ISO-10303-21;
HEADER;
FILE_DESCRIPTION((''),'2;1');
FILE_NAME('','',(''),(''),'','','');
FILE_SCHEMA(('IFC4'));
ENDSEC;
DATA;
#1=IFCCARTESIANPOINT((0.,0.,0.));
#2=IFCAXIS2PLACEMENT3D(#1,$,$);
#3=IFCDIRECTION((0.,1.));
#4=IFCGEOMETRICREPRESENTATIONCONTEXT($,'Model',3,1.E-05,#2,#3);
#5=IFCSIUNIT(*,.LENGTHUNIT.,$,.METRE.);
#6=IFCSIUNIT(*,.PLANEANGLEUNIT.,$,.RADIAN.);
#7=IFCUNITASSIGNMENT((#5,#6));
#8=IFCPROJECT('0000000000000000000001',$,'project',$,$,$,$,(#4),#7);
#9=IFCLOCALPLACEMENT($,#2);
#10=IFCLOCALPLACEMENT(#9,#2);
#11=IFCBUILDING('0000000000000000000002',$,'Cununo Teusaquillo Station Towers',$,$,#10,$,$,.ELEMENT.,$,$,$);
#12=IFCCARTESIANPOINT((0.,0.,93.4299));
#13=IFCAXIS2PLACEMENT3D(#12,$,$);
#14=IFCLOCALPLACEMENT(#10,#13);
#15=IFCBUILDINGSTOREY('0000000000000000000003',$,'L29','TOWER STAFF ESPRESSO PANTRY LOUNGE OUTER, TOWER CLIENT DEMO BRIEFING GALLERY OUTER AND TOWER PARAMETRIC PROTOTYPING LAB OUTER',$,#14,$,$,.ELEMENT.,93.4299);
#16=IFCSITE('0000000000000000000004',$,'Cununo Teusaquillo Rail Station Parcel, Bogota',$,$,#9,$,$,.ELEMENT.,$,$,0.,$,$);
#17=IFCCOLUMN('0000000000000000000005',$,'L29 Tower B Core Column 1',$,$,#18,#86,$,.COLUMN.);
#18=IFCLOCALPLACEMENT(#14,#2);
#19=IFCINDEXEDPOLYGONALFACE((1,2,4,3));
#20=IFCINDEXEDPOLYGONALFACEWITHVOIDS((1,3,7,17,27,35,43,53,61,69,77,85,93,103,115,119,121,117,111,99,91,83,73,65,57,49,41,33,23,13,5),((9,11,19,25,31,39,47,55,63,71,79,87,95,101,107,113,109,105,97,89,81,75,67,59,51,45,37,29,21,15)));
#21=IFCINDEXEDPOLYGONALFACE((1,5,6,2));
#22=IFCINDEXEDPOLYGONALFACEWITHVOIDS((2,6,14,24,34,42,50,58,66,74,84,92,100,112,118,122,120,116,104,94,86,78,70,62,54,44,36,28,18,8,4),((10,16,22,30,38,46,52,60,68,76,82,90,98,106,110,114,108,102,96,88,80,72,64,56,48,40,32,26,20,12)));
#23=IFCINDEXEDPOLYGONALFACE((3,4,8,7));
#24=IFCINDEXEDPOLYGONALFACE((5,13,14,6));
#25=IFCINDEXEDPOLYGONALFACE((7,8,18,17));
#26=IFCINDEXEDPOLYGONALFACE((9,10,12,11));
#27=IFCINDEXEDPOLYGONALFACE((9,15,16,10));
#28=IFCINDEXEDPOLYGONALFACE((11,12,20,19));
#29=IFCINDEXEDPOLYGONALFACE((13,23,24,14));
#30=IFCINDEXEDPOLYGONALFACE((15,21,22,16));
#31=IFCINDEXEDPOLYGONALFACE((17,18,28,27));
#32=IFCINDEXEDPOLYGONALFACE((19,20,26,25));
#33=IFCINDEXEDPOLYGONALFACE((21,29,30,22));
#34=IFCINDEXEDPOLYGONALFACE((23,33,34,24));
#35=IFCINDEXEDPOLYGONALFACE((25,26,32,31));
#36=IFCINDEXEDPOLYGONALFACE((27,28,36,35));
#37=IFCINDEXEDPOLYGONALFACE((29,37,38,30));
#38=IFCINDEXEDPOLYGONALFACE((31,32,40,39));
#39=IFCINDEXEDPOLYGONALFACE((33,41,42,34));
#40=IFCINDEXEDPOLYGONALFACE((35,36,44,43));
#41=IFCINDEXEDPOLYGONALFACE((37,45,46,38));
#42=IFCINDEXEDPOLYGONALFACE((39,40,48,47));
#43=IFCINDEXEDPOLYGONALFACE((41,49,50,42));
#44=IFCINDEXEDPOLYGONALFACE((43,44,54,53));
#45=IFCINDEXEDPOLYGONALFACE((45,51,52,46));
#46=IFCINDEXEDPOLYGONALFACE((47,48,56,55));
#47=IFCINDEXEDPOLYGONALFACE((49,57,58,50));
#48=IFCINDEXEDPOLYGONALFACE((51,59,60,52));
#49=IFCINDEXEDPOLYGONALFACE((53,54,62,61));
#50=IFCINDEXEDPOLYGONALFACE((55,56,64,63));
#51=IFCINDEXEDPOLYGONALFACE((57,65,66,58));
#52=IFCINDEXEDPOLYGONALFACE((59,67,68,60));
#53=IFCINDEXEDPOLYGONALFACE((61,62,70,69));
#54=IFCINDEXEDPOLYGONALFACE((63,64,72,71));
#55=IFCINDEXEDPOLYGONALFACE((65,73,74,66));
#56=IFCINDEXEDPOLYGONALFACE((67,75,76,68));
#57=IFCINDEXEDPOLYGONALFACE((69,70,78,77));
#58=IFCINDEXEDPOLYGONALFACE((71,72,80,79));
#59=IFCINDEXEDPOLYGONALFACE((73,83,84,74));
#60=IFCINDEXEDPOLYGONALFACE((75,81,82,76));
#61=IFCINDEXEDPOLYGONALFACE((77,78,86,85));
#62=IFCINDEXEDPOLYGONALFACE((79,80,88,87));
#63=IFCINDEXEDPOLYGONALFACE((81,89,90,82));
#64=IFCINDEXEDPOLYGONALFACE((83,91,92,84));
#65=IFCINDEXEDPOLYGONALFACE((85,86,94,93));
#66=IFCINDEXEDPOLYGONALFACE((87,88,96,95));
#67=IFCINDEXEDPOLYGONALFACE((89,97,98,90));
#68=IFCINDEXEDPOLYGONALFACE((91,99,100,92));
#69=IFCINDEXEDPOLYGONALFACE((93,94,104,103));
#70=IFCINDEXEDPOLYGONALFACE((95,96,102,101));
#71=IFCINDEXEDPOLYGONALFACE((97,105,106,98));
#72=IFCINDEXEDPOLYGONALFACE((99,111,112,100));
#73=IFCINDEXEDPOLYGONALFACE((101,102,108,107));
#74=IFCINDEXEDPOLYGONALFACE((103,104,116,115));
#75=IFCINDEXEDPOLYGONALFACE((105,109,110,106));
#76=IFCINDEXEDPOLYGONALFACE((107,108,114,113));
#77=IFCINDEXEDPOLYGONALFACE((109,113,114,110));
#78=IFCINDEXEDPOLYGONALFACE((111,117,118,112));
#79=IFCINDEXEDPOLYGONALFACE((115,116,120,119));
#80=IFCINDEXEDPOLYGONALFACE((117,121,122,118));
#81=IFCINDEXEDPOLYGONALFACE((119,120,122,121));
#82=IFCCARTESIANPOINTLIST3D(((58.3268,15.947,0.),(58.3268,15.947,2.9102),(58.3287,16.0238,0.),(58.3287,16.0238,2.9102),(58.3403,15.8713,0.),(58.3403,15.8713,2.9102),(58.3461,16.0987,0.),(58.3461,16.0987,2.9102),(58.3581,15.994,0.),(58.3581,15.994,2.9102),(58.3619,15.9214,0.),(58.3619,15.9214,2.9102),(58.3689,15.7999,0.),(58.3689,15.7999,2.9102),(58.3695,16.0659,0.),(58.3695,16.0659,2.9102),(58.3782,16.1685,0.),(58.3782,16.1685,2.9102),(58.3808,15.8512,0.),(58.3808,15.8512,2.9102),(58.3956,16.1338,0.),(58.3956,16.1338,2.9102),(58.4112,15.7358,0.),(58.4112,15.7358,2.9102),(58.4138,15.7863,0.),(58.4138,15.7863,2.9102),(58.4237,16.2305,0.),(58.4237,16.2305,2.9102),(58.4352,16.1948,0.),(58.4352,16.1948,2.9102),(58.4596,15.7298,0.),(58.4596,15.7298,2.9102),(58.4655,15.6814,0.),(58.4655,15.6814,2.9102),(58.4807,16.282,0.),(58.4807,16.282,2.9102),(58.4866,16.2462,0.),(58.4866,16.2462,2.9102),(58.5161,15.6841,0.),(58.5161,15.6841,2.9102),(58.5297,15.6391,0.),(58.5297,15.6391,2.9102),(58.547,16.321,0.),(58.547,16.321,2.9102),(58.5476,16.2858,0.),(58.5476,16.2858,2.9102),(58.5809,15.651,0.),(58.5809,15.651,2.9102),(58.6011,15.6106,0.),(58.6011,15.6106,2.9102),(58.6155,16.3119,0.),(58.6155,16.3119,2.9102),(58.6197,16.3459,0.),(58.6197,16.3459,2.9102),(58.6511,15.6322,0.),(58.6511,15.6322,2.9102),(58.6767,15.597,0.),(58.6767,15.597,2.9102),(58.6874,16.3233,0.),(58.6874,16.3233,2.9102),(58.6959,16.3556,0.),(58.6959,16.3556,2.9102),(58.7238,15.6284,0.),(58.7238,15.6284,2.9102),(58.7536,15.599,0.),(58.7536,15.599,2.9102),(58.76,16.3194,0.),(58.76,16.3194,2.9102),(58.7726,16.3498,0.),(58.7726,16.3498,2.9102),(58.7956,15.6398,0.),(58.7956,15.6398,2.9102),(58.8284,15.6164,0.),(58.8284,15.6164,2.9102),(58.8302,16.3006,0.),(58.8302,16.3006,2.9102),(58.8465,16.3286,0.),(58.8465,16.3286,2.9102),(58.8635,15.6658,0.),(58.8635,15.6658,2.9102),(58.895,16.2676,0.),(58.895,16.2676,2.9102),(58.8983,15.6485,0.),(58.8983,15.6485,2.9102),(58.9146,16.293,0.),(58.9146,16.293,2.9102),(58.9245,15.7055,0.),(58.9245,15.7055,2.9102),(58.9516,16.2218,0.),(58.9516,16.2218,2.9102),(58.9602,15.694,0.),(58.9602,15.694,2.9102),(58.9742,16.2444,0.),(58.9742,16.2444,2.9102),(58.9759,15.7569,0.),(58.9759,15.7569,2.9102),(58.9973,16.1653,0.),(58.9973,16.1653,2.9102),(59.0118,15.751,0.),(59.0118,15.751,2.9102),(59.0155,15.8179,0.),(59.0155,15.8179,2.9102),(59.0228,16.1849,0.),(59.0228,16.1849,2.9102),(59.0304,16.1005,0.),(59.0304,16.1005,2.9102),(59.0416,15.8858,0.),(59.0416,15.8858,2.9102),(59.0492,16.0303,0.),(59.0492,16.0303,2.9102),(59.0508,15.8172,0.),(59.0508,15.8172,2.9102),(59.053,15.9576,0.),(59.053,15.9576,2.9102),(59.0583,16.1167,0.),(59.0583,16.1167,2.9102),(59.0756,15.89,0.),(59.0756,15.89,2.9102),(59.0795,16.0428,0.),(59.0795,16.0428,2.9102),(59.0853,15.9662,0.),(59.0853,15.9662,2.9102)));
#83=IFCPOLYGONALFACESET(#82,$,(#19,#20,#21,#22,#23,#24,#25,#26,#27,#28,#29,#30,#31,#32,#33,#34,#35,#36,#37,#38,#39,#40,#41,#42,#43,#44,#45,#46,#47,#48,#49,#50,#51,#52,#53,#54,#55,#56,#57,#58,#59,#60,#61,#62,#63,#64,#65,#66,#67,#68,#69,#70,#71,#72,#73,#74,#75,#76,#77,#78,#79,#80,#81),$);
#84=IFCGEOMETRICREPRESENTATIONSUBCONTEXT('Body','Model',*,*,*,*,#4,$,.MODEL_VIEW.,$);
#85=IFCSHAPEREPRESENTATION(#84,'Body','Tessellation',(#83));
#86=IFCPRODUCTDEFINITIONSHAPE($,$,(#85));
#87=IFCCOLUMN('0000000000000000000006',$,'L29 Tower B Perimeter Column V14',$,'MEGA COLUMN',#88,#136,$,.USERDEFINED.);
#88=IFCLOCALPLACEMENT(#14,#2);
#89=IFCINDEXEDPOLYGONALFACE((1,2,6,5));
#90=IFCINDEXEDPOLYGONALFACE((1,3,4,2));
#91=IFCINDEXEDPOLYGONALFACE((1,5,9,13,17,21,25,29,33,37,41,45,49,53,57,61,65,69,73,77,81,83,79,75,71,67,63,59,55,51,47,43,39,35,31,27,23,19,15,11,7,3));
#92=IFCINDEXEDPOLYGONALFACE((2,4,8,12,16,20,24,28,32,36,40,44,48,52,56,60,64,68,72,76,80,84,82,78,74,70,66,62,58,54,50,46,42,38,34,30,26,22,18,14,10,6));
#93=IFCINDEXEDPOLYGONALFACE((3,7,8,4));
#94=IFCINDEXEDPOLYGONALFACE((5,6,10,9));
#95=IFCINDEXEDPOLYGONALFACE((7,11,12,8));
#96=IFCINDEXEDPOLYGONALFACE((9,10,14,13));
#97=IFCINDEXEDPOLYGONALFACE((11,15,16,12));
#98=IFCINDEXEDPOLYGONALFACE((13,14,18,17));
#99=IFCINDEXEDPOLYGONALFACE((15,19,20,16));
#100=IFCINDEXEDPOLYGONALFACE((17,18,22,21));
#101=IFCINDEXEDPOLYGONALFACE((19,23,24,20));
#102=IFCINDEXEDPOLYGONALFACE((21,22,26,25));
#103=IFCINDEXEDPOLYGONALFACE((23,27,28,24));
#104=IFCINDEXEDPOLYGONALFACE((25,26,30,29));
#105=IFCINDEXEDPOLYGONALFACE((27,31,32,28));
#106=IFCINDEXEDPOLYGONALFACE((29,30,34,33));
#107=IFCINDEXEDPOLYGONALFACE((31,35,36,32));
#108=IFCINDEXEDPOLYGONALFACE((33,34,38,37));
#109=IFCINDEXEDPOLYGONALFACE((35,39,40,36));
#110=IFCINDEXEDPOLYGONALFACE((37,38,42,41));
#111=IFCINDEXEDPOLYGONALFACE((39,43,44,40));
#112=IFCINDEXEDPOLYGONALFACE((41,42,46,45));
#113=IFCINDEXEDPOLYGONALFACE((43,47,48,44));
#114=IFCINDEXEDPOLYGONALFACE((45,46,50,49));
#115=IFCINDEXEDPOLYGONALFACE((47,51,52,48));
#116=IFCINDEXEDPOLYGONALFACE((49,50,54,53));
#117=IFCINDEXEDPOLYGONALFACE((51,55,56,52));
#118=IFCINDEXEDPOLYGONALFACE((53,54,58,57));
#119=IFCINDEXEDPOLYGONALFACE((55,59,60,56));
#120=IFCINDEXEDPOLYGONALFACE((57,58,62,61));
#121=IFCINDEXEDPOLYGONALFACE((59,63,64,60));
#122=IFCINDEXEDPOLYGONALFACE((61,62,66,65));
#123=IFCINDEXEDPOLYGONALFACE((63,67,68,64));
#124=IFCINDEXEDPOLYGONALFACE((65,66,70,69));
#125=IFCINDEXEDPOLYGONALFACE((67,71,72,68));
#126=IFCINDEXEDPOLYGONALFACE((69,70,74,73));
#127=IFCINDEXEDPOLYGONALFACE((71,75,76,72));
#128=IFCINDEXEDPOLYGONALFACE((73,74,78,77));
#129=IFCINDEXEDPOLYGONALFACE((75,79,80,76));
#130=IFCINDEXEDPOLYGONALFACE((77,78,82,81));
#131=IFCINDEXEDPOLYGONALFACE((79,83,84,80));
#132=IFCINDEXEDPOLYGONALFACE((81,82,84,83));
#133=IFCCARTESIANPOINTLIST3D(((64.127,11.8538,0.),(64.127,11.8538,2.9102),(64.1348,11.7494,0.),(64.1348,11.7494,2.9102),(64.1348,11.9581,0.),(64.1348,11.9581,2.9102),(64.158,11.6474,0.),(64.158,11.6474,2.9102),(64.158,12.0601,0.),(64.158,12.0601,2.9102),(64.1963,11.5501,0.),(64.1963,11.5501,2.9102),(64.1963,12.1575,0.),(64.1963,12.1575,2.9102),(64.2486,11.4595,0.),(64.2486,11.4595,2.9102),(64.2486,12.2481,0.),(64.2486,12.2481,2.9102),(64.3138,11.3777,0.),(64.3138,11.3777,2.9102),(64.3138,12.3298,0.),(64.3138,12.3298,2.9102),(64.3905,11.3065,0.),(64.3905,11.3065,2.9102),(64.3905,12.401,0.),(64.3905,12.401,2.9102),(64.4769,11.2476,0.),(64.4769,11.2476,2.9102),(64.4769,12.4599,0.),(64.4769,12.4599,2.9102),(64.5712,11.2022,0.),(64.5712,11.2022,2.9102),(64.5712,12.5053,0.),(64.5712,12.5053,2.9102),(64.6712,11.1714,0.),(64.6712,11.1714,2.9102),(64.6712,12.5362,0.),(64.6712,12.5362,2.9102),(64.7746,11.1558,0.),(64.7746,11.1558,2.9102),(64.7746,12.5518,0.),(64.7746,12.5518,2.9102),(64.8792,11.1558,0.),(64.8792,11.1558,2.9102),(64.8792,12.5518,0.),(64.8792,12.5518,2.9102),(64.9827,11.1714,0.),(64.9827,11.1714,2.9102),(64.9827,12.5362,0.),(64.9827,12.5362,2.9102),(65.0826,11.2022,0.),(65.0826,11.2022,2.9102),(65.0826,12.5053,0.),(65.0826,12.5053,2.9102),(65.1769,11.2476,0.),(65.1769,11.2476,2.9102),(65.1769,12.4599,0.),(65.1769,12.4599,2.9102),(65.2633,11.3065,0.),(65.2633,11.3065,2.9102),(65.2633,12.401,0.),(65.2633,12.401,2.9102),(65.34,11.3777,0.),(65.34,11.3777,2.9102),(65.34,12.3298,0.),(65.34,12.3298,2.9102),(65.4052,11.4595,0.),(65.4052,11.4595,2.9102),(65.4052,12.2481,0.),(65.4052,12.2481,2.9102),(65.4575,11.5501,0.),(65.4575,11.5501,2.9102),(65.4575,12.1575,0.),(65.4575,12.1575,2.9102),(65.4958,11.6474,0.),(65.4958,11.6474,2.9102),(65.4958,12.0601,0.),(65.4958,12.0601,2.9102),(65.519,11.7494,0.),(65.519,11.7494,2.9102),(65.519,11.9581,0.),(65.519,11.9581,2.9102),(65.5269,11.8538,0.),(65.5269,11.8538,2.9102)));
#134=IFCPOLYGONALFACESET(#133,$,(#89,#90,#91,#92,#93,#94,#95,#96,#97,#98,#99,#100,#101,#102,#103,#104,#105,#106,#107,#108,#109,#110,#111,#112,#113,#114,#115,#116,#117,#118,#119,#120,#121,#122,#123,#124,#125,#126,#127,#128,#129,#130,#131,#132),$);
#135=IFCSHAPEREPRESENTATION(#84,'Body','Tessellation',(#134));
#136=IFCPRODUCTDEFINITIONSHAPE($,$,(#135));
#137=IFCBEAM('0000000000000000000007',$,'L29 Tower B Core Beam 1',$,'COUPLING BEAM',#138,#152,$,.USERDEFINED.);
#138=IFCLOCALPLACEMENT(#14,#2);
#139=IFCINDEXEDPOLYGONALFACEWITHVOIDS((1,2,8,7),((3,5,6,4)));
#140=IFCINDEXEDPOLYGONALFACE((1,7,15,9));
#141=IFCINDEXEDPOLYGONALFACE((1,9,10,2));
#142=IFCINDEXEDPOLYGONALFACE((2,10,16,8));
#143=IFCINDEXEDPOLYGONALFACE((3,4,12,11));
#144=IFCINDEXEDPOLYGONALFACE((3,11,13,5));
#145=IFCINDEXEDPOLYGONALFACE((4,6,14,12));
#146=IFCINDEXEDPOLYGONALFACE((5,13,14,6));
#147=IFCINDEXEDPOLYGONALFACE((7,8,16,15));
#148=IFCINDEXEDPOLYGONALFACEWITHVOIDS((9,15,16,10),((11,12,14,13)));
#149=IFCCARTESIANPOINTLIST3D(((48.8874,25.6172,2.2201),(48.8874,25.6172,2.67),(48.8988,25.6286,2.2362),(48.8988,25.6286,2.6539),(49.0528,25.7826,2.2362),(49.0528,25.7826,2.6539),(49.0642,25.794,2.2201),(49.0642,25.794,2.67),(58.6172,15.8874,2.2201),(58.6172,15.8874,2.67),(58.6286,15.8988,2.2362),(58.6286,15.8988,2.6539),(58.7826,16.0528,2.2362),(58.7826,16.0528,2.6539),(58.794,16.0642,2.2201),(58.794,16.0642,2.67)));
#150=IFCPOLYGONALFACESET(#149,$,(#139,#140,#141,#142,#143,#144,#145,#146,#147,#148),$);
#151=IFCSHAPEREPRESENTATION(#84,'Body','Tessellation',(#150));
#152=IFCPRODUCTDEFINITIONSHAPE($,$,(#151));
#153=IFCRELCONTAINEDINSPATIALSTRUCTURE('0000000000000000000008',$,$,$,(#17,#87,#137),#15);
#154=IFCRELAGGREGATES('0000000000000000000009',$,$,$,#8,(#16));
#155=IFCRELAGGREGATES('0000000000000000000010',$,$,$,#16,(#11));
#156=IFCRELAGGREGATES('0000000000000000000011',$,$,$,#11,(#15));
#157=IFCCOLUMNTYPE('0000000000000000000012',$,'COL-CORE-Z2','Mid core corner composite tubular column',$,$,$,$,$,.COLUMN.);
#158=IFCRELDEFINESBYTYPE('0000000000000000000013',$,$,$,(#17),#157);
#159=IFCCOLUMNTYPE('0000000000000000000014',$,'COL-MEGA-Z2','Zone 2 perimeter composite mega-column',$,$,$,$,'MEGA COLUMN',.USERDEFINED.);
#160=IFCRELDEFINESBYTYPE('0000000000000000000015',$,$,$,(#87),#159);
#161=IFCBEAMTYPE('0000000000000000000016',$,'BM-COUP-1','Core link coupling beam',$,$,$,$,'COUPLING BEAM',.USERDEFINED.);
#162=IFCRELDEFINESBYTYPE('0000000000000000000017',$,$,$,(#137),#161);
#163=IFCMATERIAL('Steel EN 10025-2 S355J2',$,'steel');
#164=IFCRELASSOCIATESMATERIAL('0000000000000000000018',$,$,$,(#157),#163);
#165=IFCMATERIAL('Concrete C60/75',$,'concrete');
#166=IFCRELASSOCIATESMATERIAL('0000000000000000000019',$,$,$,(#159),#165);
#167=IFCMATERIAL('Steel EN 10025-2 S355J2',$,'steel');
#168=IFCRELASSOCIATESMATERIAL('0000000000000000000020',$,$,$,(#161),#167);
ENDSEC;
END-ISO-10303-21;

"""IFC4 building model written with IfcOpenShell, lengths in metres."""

from ifc_helpers import new_model, si_unit, direction, frame, origin, origin_2d, place, context, subcontext, project, spatial, hollow_rectangle, circle, hollow_circle, extrude, material, material_profile, profile_set, type_object, element, save


model = new_model("IFC4")

# Units and contexts
model_context = context("Model", 3, precision=1e-05, world=origin(), true_north=direction((0.0, 1.0)))
body_context = subcontext(model_context, "Body", "Model", "MODEL_VIEW")
ifc_project = project(units=[si_unit("LENGTHUNIT", "METRE"), si_unit("PLANEANGLEUNIT", "RADIAN")], contexts=[model_context])

# Site, building, storey
site_placement = place(None, origin())
site = spatial("IfcSite", under=ifc_project, at=site_placement, Name="Cununo Teusaquillo Rail Station Parcel, Bogota", CompositionType="ELEMENT", RefElevation=0.0)
building_placement = place(site_placement, origin())
building = spatial("IfcBuilding", under=site, at=building_placement, Name="Cununo Teusaquillo Station Towers", CompositionType="ELEMENT")
storey_placement = place(building_placement, frame((0.0, 0.0, 93.4299)))
storey = spatial("IfcBuildingStorey", under=building, at=storey_placement, Name="L29", Description="TOWER STAFF ESPRESSO PANTRY LOUNGE OUTER, TOWER CLIENT DEMO BRIEFING GALLERY OUTER AND TOWER PARAMETRIC PROTOTYPING LAB OUTER", CompositionType="ELEMENT", Elevation=93.4299)

# Columns
ifc_material_1 = material(Name="Steel EN 10025-2 S355J2", Category="steel")
ifc_material_profile_1 = material_profile(ifc_material_1, hollow_circle(Radius=0.3799, WallThickness=0.032, at=origin_2d()), Name="CHS 760x32")
ifc_profile_set_1 = profile_set([ifc_material_profile_1], Name="Steel EN 10025-2 S355J2")
column_type_1 = type_object("IfcColumnType", Name="COL-CORE-Z2", Description="Mid core corner composite tubular column", PredefinedType="COLUMN", material=ifc_profile_set_1)
column_1_placement = place(storey_placement, frame((58.7056, 15.9758, 0.0), z_axis=(0.0, 0.0, 1.0), x_axis=(0.707107, 0.707107, 0.0)))
element("IfcColumn", 1, at=column_1_placement, inside=storey, type_object=column_type_1, Name="L29 Tower B Core Column 1", PredefinedType="COLUMN", context=body_context, shape_type="SweptSolid", body=[
    extrude(hollow_circle(Radius=0.3799, WallThickness=0.032, at=origin_2d()), origin(), (0.0, 0.0, 1.0), 2.9102),
])
ifc_material_2 = material(Name="Concrete C60/75", Category="concrete")
ifc_material_profile_2 = material_profile(ifc_material_2, circle(Radius=0.7, at=origin_2d()), Name="RC-CIRC-1400")
ifc_profile_set_2 = profile_set([ifc_material_profile_2], Name="Concrete C60/75")
column_type_2 = type_object("IfcColumnType", Name="COL-MEGA-Z2", Description="Zone 2 perimeter composite mega-column", ElementType="MEGA COLUMN", PredefinedType="USERDEFINED", material=ifc_profile_set_2)
column_2_placement = place(storey_placement, frame((64.8269, 11.8538, 0.0), z_axis=(0.0, 0.0, 1.0), x_axis=(1.0, 0.0, 0.0)))
element("IfcColumn", 2, at=column_2_placement, inside=storey, type_object=column_type_2, Name="L29 Tower B Perimeter Column V14", ObjectType="MEGA COLUMN", PredefinedType="USERDEFINED", context=body_context, shape_type="SweptSolid", body=[
    extrude(circle(Radius=0.7, at=origin_2d()), origin(), (0.0, 0.0, 1.0), 2.9102),
])

# Beam
ifc_material_3 = material(Name="Steel EN 10025-2 S355J2", Category="steel")
ifc_material_profile_3 = material_profile(ifc_material_3, hollow_rectangle(XDim=0.25, YDim=0.45, WallThickness=0.0161, at=origin_2d()), Name="RHS 450x250x16")
ifc_profile_set_3 = profile_set([ifc_material_profile_3], Name="Steel EN 10025-2 S355J2")
beam_type_1 = type_object("IfcBeamType", Name="BM-COUP-1", Description="Core link coupling beam", ElementType="COUPLING BEAM", PredefinedType="USERDEFINED", material=ifc_profile_set_3)
beam_1_placement = place(storey_placement, frame((58.7056, 15.9758, 2.4451), z_axis=(-0.707107, 0.707107, 0.0), x_axis=(-0.707107, -0.707107, 0.0)))
element("IfcBeam", 3, at=beam_1_placement, inside=storey, type_object=beam_type_1, Name="L29 Tower B Core Beam 1", ObjectType="COUPLING BEAM", PredefinedType="USERDEFINED", context=body_context, shape_type="SweptSolid", body=[
    extrude(hollow_rectangle(XDim=0.25, YDim=0.45, WallThickness=0.0161, at=origin_2d()), origin(), (0.0, 0.0, 1.0), 13.76),
])

save(model, "model.ifc")
